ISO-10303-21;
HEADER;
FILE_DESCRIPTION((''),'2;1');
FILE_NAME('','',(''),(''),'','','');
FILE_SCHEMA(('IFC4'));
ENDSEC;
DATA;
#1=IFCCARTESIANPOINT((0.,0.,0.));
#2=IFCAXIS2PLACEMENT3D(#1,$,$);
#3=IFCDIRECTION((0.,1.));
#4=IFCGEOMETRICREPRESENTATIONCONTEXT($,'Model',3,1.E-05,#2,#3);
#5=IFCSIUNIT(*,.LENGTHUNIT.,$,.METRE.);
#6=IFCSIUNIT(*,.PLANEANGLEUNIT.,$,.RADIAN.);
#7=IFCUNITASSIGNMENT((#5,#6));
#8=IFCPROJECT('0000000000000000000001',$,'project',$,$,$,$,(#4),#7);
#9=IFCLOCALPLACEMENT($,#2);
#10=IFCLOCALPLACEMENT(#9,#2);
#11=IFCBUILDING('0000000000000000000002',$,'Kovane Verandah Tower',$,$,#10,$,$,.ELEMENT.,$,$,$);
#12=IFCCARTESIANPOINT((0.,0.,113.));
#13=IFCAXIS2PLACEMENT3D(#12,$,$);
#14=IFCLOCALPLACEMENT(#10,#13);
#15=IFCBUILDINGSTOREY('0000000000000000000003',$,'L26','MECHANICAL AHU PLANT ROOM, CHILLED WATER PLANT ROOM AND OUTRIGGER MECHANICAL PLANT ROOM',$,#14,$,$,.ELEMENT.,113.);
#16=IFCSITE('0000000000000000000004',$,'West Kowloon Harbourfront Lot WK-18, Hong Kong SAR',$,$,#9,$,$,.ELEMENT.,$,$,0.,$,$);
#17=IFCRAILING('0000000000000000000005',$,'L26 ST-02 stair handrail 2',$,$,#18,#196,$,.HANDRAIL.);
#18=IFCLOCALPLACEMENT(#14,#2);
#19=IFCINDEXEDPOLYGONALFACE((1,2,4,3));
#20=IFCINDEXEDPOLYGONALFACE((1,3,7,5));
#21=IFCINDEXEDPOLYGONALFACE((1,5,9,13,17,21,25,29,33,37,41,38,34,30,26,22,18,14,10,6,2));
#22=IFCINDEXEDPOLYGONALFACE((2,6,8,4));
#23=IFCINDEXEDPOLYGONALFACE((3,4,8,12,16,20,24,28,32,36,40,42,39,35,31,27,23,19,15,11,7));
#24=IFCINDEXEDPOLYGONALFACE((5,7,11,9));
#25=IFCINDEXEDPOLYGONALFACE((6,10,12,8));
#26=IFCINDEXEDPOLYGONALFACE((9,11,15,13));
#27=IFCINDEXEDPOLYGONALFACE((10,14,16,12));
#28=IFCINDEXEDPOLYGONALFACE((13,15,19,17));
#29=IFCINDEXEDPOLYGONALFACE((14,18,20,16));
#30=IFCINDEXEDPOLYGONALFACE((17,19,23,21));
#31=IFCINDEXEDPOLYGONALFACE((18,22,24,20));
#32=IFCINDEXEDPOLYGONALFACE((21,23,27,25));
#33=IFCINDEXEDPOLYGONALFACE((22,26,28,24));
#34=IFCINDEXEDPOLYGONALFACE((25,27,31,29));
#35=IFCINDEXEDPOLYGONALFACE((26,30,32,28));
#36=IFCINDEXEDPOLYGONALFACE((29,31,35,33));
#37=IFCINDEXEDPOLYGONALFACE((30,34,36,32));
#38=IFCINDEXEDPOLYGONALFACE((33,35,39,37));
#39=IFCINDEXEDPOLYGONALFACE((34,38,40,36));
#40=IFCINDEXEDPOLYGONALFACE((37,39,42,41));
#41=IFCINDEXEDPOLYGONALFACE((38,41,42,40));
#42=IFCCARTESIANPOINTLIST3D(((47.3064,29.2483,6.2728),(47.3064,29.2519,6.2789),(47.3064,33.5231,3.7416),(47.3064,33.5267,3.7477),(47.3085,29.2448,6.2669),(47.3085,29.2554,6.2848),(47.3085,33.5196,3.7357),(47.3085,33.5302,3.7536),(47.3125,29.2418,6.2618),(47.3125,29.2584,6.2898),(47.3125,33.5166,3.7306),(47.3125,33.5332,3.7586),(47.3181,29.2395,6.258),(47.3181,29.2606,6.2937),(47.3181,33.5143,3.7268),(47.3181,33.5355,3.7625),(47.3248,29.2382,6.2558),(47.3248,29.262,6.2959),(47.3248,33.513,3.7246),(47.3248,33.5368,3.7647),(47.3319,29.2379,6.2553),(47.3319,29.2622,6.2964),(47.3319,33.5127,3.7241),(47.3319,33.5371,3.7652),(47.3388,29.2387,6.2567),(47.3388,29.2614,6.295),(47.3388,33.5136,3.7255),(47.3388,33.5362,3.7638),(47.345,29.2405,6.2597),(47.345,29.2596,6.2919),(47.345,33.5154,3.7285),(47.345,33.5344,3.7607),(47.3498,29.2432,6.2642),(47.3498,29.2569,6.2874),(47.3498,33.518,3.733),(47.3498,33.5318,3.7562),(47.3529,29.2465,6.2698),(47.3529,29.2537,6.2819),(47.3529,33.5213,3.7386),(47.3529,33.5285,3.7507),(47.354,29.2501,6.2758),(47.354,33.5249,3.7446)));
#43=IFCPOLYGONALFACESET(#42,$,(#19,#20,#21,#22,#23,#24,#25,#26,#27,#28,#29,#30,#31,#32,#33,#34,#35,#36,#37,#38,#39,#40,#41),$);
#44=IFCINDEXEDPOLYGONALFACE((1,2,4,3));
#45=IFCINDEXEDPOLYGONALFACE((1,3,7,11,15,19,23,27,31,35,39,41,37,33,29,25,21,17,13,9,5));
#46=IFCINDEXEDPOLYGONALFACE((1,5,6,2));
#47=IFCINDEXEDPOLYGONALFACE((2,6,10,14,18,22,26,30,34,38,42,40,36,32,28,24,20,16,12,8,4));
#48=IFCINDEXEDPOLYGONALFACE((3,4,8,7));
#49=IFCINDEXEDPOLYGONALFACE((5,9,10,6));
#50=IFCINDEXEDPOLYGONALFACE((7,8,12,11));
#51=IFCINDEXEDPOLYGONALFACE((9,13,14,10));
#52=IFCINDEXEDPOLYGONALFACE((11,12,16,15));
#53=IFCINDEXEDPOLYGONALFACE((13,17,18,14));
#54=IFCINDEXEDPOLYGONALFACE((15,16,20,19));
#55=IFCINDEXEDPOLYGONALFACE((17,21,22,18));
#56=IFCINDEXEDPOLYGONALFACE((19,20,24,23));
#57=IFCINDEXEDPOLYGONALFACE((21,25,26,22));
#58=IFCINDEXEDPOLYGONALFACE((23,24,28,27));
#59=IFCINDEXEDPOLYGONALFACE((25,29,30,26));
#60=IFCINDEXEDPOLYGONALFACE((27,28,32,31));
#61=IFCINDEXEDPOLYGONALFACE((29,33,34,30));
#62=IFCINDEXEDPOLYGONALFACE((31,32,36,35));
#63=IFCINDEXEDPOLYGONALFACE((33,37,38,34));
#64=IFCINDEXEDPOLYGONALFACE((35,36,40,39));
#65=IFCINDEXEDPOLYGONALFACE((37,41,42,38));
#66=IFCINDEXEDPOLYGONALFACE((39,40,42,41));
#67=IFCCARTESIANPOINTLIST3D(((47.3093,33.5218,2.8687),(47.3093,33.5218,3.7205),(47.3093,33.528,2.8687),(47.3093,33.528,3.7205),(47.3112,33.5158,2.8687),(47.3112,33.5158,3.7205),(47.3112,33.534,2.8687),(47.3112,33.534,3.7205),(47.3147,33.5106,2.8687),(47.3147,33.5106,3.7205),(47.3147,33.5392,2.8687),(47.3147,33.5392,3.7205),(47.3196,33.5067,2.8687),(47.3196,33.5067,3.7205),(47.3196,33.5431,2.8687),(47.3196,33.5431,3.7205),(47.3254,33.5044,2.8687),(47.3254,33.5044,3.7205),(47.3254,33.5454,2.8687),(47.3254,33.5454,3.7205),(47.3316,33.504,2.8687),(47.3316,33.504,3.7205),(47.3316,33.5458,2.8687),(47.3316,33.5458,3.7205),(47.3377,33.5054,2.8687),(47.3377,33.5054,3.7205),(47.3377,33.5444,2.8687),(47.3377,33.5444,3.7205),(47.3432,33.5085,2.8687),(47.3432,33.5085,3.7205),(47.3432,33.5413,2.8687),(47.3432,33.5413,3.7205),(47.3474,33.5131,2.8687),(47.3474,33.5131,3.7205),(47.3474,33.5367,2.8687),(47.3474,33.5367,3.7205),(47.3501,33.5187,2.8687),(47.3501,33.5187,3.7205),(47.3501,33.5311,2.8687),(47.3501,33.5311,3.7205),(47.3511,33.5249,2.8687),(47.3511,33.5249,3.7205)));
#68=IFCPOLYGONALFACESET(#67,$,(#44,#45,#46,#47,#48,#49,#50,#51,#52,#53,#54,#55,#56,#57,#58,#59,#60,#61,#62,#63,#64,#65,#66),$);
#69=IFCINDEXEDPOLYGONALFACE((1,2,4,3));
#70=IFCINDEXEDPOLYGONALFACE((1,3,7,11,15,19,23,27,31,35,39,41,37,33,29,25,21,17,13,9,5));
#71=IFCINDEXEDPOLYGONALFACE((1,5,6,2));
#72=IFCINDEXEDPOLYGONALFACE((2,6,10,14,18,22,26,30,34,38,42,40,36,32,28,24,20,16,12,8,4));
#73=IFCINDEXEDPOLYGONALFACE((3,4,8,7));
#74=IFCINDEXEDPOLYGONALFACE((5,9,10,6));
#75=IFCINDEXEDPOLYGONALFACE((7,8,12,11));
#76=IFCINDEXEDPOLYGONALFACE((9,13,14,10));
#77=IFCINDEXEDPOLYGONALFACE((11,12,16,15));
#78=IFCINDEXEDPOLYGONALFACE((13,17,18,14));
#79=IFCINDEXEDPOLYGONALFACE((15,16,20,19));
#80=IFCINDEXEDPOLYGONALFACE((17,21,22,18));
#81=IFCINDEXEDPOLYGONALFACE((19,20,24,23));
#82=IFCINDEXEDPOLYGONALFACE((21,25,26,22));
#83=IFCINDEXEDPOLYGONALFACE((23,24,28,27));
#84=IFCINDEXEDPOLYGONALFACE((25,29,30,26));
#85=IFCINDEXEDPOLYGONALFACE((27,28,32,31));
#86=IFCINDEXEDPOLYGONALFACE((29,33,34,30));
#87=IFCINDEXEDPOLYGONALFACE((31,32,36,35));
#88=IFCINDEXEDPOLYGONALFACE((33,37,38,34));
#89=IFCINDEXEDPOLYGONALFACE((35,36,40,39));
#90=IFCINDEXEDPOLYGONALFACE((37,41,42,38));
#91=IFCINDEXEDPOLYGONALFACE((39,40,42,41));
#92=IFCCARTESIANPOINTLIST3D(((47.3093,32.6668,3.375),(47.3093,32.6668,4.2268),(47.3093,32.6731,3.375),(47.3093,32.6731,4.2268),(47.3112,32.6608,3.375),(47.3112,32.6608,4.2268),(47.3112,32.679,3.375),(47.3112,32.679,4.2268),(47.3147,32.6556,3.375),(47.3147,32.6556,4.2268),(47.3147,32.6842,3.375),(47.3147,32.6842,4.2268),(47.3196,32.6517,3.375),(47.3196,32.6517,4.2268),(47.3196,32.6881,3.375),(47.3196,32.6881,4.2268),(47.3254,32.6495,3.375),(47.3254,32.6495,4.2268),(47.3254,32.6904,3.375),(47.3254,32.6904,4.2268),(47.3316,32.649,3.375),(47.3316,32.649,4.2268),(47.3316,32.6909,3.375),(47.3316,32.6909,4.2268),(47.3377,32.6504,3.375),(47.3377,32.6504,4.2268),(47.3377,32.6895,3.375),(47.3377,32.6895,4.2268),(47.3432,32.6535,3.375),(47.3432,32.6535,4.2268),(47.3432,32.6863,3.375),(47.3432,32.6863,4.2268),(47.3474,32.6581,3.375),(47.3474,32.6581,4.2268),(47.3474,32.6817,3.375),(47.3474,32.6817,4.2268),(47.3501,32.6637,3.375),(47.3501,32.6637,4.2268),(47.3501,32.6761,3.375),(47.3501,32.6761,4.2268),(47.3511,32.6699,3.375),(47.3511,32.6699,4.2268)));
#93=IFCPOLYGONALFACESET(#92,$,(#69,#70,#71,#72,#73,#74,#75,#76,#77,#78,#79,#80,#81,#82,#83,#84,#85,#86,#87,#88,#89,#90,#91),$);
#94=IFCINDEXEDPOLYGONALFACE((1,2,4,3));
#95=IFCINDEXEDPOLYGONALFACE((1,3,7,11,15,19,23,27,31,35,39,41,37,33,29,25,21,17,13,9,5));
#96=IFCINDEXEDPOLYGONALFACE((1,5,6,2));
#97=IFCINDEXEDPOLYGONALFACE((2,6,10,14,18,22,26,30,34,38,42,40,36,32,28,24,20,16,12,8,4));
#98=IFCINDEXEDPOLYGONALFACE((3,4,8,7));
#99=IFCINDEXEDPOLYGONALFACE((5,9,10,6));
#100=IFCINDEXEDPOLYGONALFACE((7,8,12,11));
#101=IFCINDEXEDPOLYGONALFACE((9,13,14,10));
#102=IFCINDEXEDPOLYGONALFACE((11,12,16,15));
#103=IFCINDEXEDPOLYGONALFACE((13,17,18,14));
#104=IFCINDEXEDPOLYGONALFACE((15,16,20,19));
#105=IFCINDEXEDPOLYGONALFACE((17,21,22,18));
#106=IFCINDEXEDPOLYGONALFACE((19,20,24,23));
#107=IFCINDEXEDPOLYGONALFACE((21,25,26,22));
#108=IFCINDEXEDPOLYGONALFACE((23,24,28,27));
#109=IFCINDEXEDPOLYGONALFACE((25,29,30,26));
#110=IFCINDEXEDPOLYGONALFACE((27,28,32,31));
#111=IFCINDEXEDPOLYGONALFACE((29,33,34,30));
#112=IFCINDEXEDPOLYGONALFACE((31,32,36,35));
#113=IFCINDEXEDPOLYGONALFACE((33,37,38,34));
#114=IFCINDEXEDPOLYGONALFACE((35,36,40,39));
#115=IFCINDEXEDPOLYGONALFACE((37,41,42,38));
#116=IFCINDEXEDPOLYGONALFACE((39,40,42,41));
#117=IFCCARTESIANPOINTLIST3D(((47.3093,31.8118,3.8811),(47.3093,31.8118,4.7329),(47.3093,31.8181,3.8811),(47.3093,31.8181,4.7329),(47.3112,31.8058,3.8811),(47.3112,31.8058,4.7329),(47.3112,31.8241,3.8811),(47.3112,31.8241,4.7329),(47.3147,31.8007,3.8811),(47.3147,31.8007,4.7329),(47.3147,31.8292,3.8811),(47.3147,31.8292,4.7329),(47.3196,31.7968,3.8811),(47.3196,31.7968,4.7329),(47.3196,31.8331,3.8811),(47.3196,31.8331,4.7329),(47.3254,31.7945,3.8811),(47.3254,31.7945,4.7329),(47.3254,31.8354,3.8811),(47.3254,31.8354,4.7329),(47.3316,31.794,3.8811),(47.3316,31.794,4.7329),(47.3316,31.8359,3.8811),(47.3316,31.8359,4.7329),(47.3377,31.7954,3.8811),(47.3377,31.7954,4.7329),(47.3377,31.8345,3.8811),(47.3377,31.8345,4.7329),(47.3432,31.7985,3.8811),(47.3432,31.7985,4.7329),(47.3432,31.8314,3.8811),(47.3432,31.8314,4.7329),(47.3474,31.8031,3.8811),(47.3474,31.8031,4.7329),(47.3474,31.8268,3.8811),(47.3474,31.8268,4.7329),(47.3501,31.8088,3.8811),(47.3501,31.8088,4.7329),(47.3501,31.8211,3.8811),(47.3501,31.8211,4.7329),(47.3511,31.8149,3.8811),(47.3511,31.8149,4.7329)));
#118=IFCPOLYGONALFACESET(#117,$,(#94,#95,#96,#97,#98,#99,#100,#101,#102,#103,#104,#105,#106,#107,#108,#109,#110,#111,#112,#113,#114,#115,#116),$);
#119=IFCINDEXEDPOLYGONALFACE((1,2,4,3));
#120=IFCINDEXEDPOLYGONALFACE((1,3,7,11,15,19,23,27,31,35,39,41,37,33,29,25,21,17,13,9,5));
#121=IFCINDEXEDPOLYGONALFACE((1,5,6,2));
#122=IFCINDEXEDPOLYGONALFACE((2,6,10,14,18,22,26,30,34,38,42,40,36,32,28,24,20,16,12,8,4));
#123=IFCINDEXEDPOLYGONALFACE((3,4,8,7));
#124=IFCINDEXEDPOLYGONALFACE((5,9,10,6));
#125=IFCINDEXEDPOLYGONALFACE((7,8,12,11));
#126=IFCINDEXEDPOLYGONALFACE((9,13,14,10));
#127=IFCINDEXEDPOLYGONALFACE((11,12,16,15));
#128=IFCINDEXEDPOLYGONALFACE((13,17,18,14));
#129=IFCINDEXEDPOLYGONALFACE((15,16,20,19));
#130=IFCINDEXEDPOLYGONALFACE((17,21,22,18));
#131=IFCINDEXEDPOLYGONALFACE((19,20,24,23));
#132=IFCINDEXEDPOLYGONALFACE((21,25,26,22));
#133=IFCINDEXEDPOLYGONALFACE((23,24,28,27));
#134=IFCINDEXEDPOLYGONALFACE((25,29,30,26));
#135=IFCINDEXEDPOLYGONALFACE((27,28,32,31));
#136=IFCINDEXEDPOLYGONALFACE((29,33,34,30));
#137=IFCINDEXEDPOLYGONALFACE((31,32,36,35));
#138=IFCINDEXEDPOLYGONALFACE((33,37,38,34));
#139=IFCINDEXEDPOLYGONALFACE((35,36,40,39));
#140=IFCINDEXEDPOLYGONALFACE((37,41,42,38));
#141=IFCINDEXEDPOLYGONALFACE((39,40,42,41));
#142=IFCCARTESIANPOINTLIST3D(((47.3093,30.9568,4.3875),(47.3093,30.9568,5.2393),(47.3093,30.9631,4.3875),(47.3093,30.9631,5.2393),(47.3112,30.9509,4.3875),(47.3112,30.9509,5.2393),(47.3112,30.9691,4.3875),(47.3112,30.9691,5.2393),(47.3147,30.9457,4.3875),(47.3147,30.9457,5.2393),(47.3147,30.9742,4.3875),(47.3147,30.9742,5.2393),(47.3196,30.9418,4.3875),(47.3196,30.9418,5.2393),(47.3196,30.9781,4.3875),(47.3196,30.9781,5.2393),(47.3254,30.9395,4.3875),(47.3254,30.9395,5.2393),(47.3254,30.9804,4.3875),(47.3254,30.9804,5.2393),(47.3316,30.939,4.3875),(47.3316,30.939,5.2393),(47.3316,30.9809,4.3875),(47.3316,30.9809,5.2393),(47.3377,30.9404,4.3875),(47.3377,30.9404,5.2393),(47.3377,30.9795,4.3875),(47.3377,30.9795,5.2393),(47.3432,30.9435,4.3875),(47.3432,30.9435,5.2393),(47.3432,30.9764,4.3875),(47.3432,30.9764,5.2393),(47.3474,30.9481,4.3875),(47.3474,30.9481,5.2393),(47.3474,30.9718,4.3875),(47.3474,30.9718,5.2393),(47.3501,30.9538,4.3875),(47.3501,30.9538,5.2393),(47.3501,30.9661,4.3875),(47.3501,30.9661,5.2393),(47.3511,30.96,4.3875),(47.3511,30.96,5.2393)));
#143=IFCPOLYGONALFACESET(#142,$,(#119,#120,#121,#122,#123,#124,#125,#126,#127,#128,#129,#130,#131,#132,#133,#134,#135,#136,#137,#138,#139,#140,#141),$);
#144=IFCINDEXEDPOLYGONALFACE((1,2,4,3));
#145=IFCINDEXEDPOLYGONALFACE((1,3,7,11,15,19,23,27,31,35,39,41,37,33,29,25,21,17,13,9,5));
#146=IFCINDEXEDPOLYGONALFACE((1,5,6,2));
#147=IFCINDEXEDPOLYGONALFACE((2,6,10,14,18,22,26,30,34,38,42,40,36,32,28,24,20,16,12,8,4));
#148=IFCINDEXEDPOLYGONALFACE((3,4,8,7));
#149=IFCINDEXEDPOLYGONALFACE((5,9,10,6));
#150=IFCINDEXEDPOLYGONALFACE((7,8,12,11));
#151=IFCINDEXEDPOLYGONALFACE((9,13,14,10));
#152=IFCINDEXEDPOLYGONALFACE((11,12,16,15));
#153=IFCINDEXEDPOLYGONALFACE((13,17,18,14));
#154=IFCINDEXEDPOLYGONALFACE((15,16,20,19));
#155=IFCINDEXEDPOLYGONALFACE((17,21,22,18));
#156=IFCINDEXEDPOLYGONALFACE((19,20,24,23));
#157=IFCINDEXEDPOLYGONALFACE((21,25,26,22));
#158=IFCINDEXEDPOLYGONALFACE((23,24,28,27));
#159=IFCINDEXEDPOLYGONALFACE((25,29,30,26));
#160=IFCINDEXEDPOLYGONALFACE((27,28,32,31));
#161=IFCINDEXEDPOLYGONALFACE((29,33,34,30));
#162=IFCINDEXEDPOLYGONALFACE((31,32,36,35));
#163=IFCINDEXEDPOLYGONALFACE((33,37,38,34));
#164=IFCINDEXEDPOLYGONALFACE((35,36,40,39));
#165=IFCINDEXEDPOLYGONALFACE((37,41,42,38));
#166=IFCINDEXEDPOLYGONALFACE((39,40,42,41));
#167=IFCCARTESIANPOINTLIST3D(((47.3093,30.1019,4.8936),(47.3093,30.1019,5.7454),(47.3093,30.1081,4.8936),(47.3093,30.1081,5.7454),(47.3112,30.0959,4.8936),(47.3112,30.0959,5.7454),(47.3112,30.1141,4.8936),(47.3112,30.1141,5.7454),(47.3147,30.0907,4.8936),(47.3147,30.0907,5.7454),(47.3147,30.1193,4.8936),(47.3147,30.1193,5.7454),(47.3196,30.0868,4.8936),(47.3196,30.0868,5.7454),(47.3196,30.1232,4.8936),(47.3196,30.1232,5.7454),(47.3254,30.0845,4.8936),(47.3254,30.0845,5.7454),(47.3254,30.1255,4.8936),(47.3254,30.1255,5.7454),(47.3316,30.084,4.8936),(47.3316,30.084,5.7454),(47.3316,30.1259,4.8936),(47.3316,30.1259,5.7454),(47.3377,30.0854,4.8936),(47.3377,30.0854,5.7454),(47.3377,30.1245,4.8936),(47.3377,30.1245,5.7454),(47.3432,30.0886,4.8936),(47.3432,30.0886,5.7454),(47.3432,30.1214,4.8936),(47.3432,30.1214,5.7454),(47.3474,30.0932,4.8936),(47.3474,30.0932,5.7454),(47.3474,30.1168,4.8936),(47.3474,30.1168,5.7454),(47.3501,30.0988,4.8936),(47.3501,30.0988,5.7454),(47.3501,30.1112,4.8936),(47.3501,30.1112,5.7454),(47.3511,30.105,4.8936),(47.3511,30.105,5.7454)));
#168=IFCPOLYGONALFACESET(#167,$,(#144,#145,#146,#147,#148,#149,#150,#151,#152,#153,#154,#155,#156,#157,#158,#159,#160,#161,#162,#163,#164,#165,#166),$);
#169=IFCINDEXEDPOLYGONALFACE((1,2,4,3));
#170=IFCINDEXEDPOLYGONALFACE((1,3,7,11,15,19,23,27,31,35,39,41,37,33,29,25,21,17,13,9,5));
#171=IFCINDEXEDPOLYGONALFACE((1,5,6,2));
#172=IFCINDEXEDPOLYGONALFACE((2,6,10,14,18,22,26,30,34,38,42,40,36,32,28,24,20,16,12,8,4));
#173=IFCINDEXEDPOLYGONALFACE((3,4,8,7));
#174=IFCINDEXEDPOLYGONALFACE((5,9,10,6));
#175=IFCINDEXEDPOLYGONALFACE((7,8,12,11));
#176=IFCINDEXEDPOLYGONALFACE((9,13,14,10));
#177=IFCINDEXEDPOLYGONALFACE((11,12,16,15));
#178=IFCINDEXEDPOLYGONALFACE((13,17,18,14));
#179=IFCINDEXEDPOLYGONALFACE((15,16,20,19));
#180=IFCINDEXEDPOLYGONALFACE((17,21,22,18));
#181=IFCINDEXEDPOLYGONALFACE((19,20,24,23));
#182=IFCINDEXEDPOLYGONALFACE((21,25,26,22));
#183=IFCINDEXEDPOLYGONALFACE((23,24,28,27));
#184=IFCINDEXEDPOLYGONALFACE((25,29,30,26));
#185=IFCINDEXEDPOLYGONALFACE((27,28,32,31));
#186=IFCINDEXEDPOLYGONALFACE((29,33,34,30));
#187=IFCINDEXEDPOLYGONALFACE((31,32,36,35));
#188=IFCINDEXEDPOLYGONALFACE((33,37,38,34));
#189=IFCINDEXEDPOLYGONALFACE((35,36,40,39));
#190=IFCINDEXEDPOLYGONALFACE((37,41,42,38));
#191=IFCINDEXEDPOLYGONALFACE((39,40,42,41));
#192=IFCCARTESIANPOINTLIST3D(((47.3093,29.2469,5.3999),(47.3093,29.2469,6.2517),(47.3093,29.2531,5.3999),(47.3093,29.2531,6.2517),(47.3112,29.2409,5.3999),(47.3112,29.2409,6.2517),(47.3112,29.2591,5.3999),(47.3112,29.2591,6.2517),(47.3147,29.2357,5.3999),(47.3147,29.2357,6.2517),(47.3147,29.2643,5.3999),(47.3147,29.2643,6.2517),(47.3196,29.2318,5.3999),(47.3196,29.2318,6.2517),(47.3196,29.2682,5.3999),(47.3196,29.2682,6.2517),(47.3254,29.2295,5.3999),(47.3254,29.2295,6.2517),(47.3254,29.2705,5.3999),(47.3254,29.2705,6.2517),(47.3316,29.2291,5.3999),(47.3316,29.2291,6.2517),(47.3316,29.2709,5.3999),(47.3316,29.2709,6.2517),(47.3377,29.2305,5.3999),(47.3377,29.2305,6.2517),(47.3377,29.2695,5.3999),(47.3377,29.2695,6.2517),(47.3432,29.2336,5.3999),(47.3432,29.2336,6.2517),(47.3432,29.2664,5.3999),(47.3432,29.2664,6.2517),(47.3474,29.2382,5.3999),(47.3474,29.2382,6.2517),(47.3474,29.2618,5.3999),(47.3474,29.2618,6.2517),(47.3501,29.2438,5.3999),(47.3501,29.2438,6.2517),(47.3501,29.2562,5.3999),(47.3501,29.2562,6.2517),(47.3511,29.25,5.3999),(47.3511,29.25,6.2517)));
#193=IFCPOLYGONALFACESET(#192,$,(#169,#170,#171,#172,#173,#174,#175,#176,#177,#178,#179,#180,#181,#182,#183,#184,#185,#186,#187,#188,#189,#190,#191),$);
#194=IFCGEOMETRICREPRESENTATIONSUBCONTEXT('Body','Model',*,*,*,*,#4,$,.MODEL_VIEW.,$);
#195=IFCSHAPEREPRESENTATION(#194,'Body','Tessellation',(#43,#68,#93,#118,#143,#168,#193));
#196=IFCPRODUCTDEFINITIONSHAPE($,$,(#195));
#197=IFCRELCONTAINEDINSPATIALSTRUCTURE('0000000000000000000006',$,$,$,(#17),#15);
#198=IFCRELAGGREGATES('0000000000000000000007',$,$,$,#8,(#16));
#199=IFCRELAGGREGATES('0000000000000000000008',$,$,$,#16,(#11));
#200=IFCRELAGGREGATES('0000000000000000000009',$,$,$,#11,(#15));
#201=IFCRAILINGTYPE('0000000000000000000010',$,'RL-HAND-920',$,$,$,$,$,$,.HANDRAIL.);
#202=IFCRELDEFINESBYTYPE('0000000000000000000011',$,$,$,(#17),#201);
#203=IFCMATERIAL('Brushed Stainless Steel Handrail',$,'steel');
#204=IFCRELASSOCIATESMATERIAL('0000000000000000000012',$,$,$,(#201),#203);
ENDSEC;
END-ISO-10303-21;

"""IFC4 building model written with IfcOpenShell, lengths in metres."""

from ifc_helpers import new_model, si_unit, direction, frame, origin, origin_2d, place, context, subcontext, project, spatial, circle, extrude, material, type_object, element, save


model = new_model("IFC4")

# Units and contexts
model_context = context("Model", 3, precision=1e-05, world=origin(), true_north=direction((0.0, 1.0)))
body_context = subcontext(model_context, "Body", "Model", "MODEL_VIEW")
ifc_project = project(units=[si_unit("LENGTHUNIT", "METRE"), si_unit("PLANEANGLEUNIT", "RADIAN")], contexts=[model_context])

# Site, building, storey
site_placement = place(None, origin())
site = spatial("IfcSite", under=ifc_project, at=site_placement, Name="West Kowloon Harbourfront Lot WK-18, Hong Kong SAR", CompositionType="ELEMENT", RefElevation=0.0)
building_placement = place(site_placement, origin())
building = spatial("IfcBuilding", under=site, at=building_placement, Name="Kovane Verandah Tower", CompositionType="ELEMENT")
storey_placement = place(building_placement, frame((0.0, 0.0, 113.0)))
storey = spatial("IfcBuildingStorey", under=building, at=storey_placement, Name="L26", Description="MECHANICAL AHU PLANT ROOM, CHILLED WATER PLANT ROOM AND OUTRIGGER MECHANICAL PLANT ROOM", CompositionType="ELEMENT", Elevation=113.0)

# Railing
ifc_material_1 = material(Name="Brushed Stainless Steel Handrail", Category="steel")
railing_type_1 = type_object("IfcRailingType", Name="RL-HAND-920", PredefinedType="HANDRAIL", material=ifc_material_1)
railing_1_placement = place(storey_placement, frame((47.3301, 33.5249, 2.8687)))
element("IfcRailing", 1, at=railing_1_placement, inside=storey, type_object=railing_type_1, Name="L26 ST-02 stair handrail 2", PredefinedType="HANDRAIL", context=body_context, shape_type="SweptSolid", body=[
    extrude(circle(Radius=0.0239, at=origin_2d()), frame((0.0, 0.0, 0.876), z_axis=(0.0, -0.86047, 0.509501), x_axis=(1.0, 0.0, 0.0)), (0.0, 0.0, 1.0), 4.968),
    extrude(circle(Radius=0.021, at=origin_2d()), origin(), (0.0, 0.0, 1.0), 0.8518),
    extrude(circle(Radius=0.021, at=origin_2d()), frame((0.0, -0.855, 0.5063)), (0.0, 0.0, 1.0), 0.8518),
    extrude(circle(Radius=0.021, at=origin_2d()), frame((0.0, -1.71, 1.0125)), (0.0, 0.0, 1.0), 0.8518),
    extrude(circle(Radius=0.021, at=origin_2d()), frame((0.0, -2.5649, 1.5188)), (0.0, 0.0, 1.0), 0.8518),
    extrude(circle(Radius=0.021, at=origin_2d()), frame((0.0, -3.4199, 2.0249)), (0.0, 0.0, 1.0), 0.8518),
    extrude(circle(Radius=0.021, at=origin_2d()), frame((0.0, -4.2749, 2.5312)), (0.0, 0.0, 1.0), 0.8518),
])

save(model, "model.ifc")
